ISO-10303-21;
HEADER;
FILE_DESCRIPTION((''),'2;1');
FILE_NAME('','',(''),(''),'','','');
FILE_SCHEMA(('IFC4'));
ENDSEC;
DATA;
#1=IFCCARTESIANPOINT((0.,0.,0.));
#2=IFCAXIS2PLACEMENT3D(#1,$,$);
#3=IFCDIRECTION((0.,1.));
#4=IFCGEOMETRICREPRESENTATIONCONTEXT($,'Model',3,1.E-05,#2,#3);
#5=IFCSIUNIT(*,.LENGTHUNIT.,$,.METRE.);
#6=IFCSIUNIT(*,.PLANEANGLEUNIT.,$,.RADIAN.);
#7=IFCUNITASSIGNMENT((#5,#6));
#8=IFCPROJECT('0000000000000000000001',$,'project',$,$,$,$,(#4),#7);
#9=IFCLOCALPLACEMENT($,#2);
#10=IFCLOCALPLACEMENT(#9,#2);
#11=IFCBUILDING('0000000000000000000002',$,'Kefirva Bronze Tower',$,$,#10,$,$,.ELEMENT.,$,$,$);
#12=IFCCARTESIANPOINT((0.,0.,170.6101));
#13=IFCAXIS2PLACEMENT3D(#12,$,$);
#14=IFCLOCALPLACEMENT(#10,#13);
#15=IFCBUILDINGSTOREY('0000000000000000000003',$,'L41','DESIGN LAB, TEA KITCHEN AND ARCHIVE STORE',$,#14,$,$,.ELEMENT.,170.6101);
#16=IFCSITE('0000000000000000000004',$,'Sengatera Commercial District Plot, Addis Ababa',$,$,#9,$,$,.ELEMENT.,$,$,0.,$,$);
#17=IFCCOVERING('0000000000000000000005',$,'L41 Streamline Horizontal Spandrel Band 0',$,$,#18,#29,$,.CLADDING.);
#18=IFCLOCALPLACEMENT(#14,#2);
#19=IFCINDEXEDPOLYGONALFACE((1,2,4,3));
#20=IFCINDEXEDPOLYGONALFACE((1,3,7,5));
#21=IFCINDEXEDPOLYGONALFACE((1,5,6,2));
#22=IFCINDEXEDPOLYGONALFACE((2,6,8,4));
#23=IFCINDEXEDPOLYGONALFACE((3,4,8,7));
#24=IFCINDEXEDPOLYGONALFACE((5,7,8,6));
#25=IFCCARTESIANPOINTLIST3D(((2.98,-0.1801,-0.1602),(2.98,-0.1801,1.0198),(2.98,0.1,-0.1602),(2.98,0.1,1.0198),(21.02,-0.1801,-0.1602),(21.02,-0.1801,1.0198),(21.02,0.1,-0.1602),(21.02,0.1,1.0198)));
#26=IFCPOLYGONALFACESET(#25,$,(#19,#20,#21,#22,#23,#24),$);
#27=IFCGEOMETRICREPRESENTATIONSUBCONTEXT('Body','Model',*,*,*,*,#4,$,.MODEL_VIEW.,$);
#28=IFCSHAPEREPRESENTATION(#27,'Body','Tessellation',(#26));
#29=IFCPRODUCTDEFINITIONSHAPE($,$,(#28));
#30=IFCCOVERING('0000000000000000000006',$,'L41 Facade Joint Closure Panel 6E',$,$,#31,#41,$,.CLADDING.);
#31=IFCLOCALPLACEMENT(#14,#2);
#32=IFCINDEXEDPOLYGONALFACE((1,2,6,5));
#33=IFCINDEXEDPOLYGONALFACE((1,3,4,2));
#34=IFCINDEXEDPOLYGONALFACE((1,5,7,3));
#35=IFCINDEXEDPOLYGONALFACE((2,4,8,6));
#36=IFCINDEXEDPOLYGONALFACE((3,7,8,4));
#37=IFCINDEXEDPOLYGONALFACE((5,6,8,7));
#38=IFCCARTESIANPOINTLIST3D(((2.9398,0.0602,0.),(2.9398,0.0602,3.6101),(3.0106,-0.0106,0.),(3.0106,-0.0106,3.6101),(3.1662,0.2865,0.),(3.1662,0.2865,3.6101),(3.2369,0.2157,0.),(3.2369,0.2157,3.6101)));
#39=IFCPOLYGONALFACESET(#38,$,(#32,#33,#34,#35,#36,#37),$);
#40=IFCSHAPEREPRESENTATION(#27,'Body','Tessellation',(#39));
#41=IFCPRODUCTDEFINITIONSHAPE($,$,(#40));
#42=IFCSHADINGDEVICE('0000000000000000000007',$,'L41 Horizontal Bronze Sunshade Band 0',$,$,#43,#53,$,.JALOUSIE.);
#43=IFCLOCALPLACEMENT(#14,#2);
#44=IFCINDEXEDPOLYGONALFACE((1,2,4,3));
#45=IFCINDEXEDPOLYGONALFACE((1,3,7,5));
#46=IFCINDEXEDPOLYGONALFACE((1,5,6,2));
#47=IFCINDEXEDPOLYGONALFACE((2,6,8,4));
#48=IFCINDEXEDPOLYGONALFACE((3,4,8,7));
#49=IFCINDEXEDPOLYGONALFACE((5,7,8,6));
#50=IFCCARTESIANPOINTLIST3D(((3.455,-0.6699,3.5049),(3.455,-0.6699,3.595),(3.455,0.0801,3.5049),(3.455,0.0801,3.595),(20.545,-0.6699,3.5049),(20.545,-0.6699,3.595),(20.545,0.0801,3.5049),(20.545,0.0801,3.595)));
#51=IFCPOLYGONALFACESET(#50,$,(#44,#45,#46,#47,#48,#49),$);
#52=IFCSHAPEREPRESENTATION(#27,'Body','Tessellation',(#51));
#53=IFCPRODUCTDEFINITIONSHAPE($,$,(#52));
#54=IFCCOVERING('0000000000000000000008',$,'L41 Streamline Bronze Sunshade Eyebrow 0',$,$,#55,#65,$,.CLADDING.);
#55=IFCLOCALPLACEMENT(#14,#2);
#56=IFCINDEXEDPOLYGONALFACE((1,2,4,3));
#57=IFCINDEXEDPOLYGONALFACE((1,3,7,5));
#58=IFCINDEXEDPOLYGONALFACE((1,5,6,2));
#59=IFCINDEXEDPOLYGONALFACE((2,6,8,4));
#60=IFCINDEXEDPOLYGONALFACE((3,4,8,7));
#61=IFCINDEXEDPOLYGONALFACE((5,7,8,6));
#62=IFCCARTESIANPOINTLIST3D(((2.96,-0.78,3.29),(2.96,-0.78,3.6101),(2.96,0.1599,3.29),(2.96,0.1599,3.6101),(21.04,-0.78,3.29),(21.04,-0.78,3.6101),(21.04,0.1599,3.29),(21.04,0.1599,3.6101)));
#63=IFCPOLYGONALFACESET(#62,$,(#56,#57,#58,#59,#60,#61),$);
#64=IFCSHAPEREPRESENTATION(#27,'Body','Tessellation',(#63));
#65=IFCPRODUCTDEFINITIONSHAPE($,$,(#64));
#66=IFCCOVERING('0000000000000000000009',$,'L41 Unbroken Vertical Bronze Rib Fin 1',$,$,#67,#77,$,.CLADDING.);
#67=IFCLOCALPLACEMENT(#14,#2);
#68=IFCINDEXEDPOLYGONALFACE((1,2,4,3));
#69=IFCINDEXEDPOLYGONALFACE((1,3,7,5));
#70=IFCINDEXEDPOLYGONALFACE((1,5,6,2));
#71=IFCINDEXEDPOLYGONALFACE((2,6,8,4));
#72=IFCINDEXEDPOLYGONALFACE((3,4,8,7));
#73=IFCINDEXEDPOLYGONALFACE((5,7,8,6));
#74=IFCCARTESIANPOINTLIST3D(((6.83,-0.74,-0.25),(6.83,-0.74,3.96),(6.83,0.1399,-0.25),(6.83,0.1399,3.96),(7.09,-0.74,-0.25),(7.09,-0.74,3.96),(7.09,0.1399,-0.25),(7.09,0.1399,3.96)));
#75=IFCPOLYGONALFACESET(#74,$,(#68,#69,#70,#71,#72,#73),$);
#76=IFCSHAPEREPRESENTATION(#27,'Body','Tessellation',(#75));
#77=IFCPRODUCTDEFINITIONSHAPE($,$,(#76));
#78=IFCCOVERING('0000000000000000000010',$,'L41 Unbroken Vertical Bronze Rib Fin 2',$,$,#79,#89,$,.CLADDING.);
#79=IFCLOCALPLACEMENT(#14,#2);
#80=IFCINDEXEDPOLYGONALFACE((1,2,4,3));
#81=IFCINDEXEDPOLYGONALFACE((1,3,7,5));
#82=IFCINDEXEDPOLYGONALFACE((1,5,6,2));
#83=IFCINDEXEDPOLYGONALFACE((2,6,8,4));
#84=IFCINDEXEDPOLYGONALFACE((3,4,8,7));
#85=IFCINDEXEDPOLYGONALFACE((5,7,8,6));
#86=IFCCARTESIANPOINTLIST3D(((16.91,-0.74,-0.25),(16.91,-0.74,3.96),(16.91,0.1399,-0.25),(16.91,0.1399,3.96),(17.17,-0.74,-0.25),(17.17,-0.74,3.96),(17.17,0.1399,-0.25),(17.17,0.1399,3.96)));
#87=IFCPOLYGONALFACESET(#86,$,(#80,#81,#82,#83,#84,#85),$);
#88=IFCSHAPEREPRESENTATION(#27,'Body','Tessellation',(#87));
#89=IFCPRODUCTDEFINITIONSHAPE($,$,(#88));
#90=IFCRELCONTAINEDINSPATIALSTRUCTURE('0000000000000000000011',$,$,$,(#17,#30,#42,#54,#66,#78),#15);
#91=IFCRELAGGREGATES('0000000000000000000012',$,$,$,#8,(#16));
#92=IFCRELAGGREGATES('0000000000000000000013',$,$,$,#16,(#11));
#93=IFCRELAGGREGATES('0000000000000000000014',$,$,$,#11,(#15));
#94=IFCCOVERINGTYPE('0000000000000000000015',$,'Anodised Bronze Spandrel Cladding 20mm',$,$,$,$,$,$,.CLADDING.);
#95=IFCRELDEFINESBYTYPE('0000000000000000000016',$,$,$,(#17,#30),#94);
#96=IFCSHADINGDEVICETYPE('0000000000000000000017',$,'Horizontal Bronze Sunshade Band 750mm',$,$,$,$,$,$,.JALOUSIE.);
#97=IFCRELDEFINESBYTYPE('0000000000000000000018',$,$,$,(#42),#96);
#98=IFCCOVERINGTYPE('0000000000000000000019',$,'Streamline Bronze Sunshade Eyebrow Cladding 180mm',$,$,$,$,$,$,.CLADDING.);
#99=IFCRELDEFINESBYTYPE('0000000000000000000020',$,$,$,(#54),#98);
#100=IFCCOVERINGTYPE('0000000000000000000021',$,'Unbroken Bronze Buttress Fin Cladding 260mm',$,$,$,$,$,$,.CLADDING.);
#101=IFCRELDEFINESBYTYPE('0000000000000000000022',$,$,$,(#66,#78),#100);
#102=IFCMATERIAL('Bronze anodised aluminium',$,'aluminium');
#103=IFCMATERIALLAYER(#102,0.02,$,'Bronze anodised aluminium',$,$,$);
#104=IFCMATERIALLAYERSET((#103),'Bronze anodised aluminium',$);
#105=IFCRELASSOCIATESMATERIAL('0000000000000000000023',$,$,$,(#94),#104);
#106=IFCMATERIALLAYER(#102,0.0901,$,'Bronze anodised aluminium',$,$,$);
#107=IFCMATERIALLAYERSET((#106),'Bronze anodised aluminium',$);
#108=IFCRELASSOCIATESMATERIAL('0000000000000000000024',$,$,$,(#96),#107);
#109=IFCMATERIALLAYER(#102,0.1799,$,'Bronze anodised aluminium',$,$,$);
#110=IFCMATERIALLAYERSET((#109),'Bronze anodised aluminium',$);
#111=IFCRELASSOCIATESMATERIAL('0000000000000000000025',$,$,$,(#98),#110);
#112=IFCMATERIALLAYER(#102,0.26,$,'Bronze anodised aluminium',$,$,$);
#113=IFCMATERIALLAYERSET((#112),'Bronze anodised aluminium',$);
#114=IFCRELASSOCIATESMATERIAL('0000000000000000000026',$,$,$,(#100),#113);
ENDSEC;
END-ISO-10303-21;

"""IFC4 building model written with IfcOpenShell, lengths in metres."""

from ifc_helpers import new_model, si_unit, direction, frame, origin, origin_2d, place, context, subcontext, project, spatial, rectangle, extrude, material, layer, layer_set, type_object, element, save


model = new_model("IFC4")

# Units and contexts
model_context = context("Model", 3, precision=1e-05, world=origin(), true_north=direction((0.0, 1.0)))
body_context = subcontext(model_context, "Body", "Model", "MODEL_VIEW")
ifc_project = project(units=[si_unit("LENGTHUNIT", "METRE"), si_unit("PLANEANGLEUNIT", "RADIAN")], contexts=[model_context])

# Site, building, storey
site_placement = place(None, origin())
site = spatial("IfcSite", under=ifc_project, at=site_placement, Name="Sengatera Commercial District Plot, Addis Ababa", CompositionType="ELEMENT", RefElevation=0.0)
building_placement = place(site_placement, origin())
building = spatial("IfcBuilding", under=site, at=building_placement, Name="Kefirva Bronze Tower", CompositionType="ELEMENT")
storey_placement = place(building_placement, frame((0.0, 0.0, 170.6101)))
storey = spatial("IfcBuildingStorey", under=building, at=storey_placement, Name="L41", Description="DESIGN LAB, TEA KITCHEN AND ARCHIVE STORE", CompositionType="ELEMENT", Elevation=170.6101)

# Shared definitions
ifc_material_1 = material(Name="Bronze anodised aluminium", Category="aluminium")

# Coverings
ifc_layer_1 = layer(ifc_material_1, 0.02, Name="Bronze anodised aluminium")
ifc_layer_set_1 = layer_set([ifc_layer_1], Name="Bronze anodised aluminium")
covering_type_1 = type_object("IfcCoveringType", Name="Anodised Bronze Spandrel Cladding 20mm", PredefinedType="CLADDING", material=ifc_layer_set_1)
covering_1_placement = place(storey_placement, frame((12.0, -0.04, -0.1602), z_axis=(0.0, 0.0, 1.0), x_axis=(1.0, 0.0, 0.0)))
element("IfcCovering", 1, at=covering_1_placement, inside=storey, type_object=covering_type_1, Name="L41 Streamline Horizontal Spandrel Band 0", PredefinedType="CLADDING", context=body_context, shape_type="SweptSolid", body=[
    extrude(rectangle(XDim=18.04, YDim=0.28, at=origin_2d()), origin(), (0.0, 0.0, 1.0), 1.1799),
])
covering_2_placement = place(storey_placement, frame((3.0884, 0.1379, 0.0), z_axis=(0.0, 0.0, 1.0), x_axis=(0.707107, -0.707107, 0.0)))
element("IfcCovering", 2, at=covering_2_placement, inside=storey, type_object=covering_type_1, Name="L41 Facade Joint Closure Panel 6E", PredefinedType="CLADDING", context=body_context, shape_type="SweptSolid", body=[
    extrude(rectangle(XDim=0.1001, YDim=0.3201, at=origin_2d()), origin(), (0.0, 0.0, 1.0), 3.6101),
])

# Shading device
ifc_layer_2 = layer(ifc_material_1, 0.0901, Name="Bronze anodised aluminium")
ifc_layer_set_2 = layer_set([ifc_layer_2], Name="Bronze anodised aluminium")
shading_device_type = type_object("IfcShadingDeviceType", Name="Horizontal Bronze Sunshade Band 750mm", PredefinedType="JALOUSIE", material=ifc_layer_set_2)
shading_device_placement = place(storey_placement, frame((12.0, -0.2949, 3.5049), z_axis=(0.0, 0.0, 1.0), x_axis=(1.0, 0.0, 0.0)))
element("IfcShadingDevice", 3, at=shading_device_placement, inside=storey, type_object=shading_device_type, Name="L41 Horizontal Bronze Sunshade Band 0", PredefinedType="JALOUSIE", context=body_context, shape_type="SweptSolid", body=[
    extrude(rectangle(XDim=17.0901, YDim=0.75, at=origin_2d()), origin(), (0.0, 0.0, 1.0), 0.0901),
])

# Coverings
ifc_layer_3 = layer(ifc_material_1, 0.1799, Name="Bronze anodised aluminium")
ifc_layer_set_3 = layer_set([ifc_layer_3], Name="Bronze anodised aluminium")
covering_type_2 = type_object("IfcCoveringType", Name="Streamline Bronze Sunshade Eyebrow Cladding 180mm", PredefinedType="CLADDING", material=ifc_layer_set_3)
covering_3_placement = place(storey_placement, frame((12.0, -0.3101, 3.29), z_axis=(0.0, 0.0, 1.0), x_axis=(1.0, 0.0, 0.0)))
element("IfcCovering", 4, at=covering_3_placement, inside=storey, type_object=covering_type_2, Name="L41 Streamline Bronze Sunshade Eyebrow 0", PredefinedType="CLADDING", context=body_context, shape_type="SweptSolid", body=[
    extrude(rectangle(XDim=18.0801, YDim=0.9399, at=origin_2d()), origin(), (0.0, 0.0, 1.0), 0.3201),
])
ifc_layer_4 = layer(ifc_material_1, 0.26, Name="Bronze anodised aluminium")
ifc_layer_set_4 = layer_set([ifc_layer_4], Name="Bronze anodised aluminium")
covering_type_3 = type_object("IfcCoveringType", Name="Unbroken Bronze Buttress Fin Cladding 260mm", PredefinedType="CLADDING", material=ifc_layer_set_4)
for number, where, z_axis, x_axis, name in (
    (5, (6.96, -0.3, -0.25), (0.0, 0.0, 1.0), (1.0, 0.0, 0.0), "L41 Unbroken Vertical Bronze Rib Fin 1"),
    (6, (17.04, -0.3, -0.25), (0.0, 0.0, 1.0), (1.0, 0.0, 0.0), "L41 Unbroken Vertical Bronze Rib Fin 2"),
):
    element("IfcCovering", number, at=place(storey_placement, frame(where, z_axis=z_axis, x_axis=x_axis)), inside=storey, type_object=covering_type_3, Name=name, PredefinedType="CLADDING", context=body_context, shape_type="SweptSolid", body=[
        extrude(rectangle(XDim=0.26, YDim=0.8799, at=origin_2d()), origin(), (0.0, 0.0, 1.0), 4.21),
    ])

save(model, "model.ifc")
